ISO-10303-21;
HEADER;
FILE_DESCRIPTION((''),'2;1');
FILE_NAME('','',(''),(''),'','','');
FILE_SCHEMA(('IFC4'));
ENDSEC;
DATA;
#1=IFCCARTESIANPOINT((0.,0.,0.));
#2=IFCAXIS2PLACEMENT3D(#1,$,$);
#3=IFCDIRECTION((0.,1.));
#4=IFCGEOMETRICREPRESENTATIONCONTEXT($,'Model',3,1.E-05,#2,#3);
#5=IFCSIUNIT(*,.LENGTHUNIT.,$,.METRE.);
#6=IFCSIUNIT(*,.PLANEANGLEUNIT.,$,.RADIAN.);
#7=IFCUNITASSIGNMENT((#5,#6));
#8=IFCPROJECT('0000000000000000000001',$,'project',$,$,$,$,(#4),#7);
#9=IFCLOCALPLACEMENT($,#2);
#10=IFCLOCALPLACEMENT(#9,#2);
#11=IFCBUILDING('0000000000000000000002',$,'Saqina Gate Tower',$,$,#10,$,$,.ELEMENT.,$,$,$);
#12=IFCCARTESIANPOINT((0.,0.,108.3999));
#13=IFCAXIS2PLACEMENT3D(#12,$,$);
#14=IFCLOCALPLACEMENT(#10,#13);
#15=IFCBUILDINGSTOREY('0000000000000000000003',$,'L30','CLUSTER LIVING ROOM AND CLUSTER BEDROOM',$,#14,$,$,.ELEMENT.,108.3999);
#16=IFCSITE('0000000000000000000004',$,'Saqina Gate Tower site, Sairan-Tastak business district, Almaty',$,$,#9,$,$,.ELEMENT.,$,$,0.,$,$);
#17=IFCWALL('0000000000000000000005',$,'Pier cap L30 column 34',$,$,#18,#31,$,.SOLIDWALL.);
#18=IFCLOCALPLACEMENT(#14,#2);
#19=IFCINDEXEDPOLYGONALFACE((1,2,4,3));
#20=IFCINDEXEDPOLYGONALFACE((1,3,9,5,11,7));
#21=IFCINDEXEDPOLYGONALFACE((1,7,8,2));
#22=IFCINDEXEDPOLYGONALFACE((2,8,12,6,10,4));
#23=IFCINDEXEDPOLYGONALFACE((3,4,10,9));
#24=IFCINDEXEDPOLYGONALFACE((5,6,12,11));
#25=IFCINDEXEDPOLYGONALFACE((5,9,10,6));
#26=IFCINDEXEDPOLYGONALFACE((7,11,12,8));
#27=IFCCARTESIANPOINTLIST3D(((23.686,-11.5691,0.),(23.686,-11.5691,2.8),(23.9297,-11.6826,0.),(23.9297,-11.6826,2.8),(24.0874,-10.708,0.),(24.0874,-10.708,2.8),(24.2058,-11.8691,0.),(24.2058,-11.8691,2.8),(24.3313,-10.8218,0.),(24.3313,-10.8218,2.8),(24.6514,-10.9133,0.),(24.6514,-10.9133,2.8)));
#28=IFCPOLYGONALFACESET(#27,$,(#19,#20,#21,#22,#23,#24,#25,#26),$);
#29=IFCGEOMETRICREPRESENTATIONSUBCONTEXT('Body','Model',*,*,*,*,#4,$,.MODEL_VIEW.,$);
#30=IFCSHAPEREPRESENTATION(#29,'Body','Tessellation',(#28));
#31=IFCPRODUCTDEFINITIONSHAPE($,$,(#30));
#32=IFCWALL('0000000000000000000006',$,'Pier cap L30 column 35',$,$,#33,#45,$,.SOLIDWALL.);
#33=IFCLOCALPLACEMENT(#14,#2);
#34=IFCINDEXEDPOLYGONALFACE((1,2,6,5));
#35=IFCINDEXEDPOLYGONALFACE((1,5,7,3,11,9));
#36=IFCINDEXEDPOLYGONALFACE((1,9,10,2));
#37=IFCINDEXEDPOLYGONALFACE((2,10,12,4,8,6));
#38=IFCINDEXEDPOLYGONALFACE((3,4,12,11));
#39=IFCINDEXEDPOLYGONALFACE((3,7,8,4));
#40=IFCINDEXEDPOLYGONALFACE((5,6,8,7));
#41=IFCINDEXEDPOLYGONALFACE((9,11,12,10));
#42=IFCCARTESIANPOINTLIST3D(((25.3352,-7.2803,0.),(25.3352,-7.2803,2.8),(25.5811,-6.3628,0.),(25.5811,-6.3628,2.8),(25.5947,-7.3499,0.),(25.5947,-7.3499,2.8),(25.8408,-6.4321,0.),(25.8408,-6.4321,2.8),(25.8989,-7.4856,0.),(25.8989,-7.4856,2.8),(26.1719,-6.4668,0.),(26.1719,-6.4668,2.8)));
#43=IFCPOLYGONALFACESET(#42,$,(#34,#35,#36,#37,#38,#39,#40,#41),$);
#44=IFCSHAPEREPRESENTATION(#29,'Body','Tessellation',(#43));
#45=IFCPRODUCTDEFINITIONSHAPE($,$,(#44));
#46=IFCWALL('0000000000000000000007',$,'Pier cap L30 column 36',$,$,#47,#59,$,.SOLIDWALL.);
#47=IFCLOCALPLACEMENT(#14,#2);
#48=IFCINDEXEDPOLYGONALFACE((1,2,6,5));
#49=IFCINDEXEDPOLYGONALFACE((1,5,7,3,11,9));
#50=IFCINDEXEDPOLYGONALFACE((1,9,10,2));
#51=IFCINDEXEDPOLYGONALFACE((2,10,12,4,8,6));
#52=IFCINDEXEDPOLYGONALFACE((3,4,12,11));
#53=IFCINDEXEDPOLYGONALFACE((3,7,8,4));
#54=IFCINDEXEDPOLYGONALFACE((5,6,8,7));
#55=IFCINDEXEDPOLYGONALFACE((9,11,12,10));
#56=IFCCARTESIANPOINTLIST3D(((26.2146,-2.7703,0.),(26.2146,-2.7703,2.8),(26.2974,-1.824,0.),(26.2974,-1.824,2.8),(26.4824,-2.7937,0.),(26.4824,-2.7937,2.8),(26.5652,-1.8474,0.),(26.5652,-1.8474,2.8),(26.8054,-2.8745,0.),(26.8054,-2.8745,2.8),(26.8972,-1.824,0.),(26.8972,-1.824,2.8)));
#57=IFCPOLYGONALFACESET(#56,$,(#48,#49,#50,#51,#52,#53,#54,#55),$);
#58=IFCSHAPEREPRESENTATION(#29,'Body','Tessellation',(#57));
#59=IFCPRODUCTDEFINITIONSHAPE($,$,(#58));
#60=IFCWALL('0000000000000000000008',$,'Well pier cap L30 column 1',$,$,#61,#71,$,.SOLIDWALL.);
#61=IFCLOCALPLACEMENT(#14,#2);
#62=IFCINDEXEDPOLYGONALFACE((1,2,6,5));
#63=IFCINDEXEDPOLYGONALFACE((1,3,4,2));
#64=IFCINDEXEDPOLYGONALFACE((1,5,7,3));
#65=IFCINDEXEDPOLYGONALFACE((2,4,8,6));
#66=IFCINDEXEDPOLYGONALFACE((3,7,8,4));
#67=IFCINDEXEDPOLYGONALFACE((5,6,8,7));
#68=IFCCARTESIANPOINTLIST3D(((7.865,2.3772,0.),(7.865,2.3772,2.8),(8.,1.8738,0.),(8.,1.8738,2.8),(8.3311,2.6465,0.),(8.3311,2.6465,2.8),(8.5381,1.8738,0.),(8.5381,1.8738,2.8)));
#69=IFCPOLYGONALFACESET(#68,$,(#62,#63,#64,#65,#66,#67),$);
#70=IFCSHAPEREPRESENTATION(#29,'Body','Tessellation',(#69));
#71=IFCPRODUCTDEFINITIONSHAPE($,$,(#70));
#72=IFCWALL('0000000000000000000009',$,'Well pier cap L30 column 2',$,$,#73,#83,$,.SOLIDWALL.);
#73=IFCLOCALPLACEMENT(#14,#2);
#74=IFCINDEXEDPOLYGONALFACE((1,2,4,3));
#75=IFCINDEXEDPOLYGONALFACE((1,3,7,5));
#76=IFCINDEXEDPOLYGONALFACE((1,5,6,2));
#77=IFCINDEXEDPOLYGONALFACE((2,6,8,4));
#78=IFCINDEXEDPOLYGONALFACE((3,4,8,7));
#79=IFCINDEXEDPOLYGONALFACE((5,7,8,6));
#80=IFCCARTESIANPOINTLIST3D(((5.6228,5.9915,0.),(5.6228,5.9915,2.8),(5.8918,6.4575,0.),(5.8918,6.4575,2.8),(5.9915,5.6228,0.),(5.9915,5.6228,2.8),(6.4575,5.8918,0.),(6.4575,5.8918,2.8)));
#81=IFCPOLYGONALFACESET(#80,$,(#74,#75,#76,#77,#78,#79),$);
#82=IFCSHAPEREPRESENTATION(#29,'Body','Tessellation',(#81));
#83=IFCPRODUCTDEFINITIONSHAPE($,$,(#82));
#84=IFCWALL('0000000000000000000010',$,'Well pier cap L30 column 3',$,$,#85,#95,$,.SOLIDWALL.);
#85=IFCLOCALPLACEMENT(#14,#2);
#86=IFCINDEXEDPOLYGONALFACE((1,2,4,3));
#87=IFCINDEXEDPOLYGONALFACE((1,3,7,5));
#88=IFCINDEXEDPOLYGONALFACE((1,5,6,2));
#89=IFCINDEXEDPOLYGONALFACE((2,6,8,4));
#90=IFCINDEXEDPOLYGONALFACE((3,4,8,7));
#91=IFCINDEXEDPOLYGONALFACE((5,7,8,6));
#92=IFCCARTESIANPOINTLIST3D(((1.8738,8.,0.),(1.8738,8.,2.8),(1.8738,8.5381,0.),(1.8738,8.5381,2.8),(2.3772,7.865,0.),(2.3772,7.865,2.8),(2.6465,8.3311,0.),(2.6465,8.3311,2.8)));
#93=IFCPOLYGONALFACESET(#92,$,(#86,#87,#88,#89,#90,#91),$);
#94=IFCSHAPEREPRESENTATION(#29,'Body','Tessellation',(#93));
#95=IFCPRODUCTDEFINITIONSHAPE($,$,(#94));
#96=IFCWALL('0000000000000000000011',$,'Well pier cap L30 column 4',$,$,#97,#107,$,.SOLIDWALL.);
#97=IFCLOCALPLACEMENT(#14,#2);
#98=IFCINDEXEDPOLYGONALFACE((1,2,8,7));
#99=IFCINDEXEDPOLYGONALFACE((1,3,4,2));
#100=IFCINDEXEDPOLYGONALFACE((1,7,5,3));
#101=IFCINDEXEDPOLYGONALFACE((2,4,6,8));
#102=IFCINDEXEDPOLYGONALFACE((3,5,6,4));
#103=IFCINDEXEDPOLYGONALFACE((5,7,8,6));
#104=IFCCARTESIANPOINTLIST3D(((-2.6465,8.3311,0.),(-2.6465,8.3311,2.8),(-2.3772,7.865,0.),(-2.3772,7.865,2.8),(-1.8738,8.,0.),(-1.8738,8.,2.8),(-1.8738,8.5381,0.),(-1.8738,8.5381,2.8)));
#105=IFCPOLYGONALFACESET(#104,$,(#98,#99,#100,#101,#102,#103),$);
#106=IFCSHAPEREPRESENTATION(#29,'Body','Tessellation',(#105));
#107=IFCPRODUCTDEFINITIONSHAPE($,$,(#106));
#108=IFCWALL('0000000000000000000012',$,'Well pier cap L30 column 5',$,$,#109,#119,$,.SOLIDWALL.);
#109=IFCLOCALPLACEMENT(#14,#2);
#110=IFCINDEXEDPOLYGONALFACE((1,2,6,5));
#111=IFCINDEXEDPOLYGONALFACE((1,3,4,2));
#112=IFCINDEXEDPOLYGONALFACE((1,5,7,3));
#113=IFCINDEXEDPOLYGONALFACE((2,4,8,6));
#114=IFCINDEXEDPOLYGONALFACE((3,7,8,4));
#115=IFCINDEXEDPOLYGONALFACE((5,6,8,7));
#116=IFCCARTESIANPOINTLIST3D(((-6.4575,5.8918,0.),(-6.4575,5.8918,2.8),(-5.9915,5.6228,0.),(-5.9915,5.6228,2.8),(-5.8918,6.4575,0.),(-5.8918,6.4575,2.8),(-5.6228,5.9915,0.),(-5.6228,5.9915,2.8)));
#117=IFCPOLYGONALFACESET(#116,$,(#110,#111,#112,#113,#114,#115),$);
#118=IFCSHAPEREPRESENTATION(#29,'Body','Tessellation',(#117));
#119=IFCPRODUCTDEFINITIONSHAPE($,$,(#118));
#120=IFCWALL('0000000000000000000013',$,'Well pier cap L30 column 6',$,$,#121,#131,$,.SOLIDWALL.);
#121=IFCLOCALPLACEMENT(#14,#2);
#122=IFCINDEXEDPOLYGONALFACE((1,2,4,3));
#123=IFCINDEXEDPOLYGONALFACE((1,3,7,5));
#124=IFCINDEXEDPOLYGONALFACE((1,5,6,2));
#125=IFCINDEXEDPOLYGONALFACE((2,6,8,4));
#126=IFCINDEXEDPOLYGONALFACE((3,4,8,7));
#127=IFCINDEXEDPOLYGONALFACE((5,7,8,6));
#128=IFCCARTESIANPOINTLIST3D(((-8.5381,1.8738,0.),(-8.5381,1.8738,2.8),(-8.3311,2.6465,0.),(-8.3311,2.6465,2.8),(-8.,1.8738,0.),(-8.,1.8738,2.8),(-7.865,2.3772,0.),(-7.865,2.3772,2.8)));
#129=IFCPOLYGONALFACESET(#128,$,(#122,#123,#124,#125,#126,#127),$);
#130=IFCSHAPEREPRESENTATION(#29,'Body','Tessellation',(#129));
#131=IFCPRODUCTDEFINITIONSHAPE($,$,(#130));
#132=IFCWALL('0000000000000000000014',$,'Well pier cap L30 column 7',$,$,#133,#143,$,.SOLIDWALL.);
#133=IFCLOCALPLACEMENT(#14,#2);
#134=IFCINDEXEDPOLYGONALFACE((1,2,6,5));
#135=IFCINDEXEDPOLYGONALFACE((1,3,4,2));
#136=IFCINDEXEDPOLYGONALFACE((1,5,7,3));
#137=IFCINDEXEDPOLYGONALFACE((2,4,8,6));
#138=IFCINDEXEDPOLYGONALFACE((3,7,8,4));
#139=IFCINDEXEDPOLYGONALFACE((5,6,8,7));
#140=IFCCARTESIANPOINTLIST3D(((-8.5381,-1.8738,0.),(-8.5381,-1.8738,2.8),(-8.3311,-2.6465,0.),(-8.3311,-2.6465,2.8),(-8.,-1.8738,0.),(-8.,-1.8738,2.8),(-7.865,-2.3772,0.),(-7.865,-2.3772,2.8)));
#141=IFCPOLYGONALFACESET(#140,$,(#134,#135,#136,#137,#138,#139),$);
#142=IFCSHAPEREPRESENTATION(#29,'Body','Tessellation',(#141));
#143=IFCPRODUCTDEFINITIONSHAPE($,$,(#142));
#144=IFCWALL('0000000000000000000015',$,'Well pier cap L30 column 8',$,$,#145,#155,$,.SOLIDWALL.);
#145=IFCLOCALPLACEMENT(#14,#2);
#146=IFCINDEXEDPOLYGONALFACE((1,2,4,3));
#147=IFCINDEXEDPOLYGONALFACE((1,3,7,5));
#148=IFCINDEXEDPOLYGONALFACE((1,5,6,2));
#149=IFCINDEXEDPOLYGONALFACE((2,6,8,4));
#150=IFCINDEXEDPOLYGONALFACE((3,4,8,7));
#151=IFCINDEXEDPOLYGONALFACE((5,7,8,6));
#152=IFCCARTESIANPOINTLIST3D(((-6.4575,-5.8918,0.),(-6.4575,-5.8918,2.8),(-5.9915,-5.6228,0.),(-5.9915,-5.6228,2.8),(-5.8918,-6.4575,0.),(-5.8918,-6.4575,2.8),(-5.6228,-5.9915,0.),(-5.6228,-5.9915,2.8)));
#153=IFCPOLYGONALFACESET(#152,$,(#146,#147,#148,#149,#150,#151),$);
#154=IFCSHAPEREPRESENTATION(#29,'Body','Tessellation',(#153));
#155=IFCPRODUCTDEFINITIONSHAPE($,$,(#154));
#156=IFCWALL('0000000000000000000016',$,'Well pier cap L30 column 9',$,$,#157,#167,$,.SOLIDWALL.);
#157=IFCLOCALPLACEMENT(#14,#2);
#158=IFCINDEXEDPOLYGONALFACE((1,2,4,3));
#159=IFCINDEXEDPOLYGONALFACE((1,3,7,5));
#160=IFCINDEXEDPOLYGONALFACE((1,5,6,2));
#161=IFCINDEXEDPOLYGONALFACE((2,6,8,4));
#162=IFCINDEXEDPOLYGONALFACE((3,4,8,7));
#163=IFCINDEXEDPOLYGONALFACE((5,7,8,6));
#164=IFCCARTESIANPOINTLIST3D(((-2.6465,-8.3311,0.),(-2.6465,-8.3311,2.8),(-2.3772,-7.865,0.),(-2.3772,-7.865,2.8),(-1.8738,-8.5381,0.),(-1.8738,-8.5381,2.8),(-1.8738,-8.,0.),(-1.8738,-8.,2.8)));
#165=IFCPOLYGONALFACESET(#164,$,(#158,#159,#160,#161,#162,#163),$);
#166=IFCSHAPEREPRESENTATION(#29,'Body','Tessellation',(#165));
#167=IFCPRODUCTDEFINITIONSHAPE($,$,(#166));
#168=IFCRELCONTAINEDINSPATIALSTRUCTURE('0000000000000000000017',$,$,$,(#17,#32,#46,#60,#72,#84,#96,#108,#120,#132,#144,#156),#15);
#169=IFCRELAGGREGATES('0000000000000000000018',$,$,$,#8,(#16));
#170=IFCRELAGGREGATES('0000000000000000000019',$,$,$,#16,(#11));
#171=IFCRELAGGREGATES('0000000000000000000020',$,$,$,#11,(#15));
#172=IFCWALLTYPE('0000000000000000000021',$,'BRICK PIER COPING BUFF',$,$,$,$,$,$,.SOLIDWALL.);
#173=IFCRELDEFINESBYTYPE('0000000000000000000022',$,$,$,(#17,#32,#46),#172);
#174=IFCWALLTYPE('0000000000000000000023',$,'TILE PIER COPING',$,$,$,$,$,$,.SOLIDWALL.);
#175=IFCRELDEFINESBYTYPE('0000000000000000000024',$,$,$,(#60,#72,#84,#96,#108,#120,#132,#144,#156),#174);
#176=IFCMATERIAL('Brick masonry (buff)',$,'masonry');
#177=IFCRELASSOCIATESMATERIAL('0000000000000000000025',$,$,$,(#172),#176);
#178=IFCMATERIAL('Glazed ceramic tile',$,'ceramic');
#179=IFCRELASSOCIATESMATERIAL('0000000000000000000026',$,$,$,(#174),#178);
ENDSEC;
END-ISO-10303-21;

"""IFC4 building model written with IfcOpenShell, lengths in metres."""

from ifc_helpers import new_model, si_unit, direction, frame, origin, place, context, subcontext, project, spatial, polyline, outline, extrude, material, type_object, element, save


model = new_model("IFC4")

# Units and contexts
model_context = context("Model", 3, precision=1e-05, world=origin(), true_north=direction((0.0, 1.0)))
body_context = subcontext(model_context, "Body", "Model", "MODEL_VIEW")
ifc_project = project(units=[si_unit("LENGTHUNIT", "METRE"), si_unit("PLANEANGLEUNIT", "RADIAN")], contexts=[model_context])

# Site, building, storey
site_placement = place(None, origin())
site = spatial("IfcSite", under=ifc_project, at=site_placement, Name="Saqina Gate Tower site, Sairan-Tastak business district, Almaty", CompositionType="ELEMENT", RefElevation=0.0)
building_placement = place(site_placement, origin())
building = spatial("IfcBuilding", under=site, at=building_placement, Name="Saqina Gate Tower", CompositionType="ELEMENT")
storey_placement = place(building_placement, frame((0.0, 0.0, 108.3999)))
storey = spatial("IfcBuildingStorey", under=building, at=storey_placement, Name="L30", Description="CLUSTER LIVING ROOM AND CLUSTER BEDROOM", CompositionType="ELEMENT", Elevation=108.3999)

# Walls
ifc_material_1 = material(Name="Brick masonry (buff)", Category="masonry")
wall_type_1 = type_object("IfcWallType", Name="BRICK PIER COPING BUFF", PredefinedType="SOLIDWALL", material=ifc_material_1)
wall_1_placement = place(storey_placement, origin())
element("IfcWall", 1, at=wall_1_placement, inside=storey, type_object=wall_type_1, Name="Pier cap L30 column 34", PredefinedType="SOLIDWALL", context=body_context, shape_type="SweptSolid", body=[
    extrude(outline(polyline([(24.6514, -10.9133), (24.0874, -10.708), (24.3313, -10.8218), (23.9297, -11.6826), (23.686, -11.5691), (24.2058, -11.8691), (24.6514, -10.9133)])), origin(), (0.0, 0.0, 1.0), 2.8),
])
wall_2_placement = place(storey_placement, origin())
element("IfcWall", 2, at=wall_2_placement, inside=storey, type_object=wall_type_1, Name="Pier cap L30 column 35", PredefinedType="SOLIDWALL", context=body_context, shape_type="SweptSolid", body=[
    extrude(outline(polyline([(25.8989, -7.4856), (26.1719, -6.4668), (25.5811, -6.3628), (25.8408, -6.4321), (25.5947, -7.3499), (25.3352, -7.2803), (25.8989, -7.4856)])), origin(), (0.0, 0.0, 1.0), 2.8),
])
wall_3_placement = place(storey_placement, origin())
element("IfcWall", 3, at=wall_3_placement, inside=storey, type_object=wall_type_1, Name="Pier cap L30 column 36", PredefinedType="SOLIDWALL", context=body_context, shape_type="SweptSolid", body=[
    extrude(outline(polyline([(26.8054, -2.8745), (26.8972, -1.824), (26.2974, -1.824), (26.5652, -1.8474), (26.4824, -2.7937), (26.2146, -2.7703), (26.8054, -2.8745)])), origin(), (0.0, 0.0, 1.0), 2.8),
])
ifc_material_2 = material(Name="Glazed ceramic tile", Category="ceramic")
wall_type_2 = type_object("IfcWallType", Name="TILE PIER COPING", PredefinedType="SOLIDWALL", material=ifc_material_2)
wall_4_placement = place(storey_placement, origin())
element("IfcWall", 4, at=wall_4_placement, inside=storey, type_object=wall_type_2, Name="Well pier cap L30 column 1", PredefinedType="SOLIDWALL", context=body_context, shape_type="SweptSolid", body=[
    extrude(outline(polyline([(8.3311, 2.6465), (7.865, 2.3772), (8.0, 1.8738), (8.5381, 1.8738), (8.3311, 2.6465)])), origin(), (0.0, 0.0, 1.0), 2.8),
])
wall_5_placement = place(storey_placement, origin())
element("IfcWall", 5, at=wall_5_placement, inside=storey, type_object=wall_type_2, Name="Well pier cap L30 column 2", PredefinedType="SOLIDWALL", context=body_context, shape_type="SweptSolid", body=[
    extrude(outline(polyline([(5.8918, 6.4575), (5.6228, 5.9915), (5.9915, 5.6228), (6.4575, 5.8918), (5.8918, 6.4575)])), origin(), (0.0, 0.0, 1.0), 2.8),
])
wall_6_placement = place(storey_placement, origin())
element("IfcWall", 6, at=wall_6_placement, inside=storey, type_object=wall_type_2, Name="Well pier cap L30 column 3", PredefinedType="SOLIDWALL", context=body_context, shape_type="SweptSolid", body=[
    extrude(outline(polyline([(1.8738, 8.5381), (1.8738, 8.0), (2.3772, 7.865), (2.6465, 8.3311), (1.8738, 8.5381)])), origin(), (0.0, 0.0, 1.0), 2.8),
])
wall_7_placement = place(storey_placement, origin())
element("IfcWall", 7, at=wall_7_placement, inside=storey, type_object=wall_type_2, Name="Well pier cap L30 column 4", PredefinedType="SOLIDWALL", context=body_context, shape_type="SweptSolid", body=[
    extrude(outline(polyline([(-2.6465, 8.3311), (-2.3772, 7.865), (-1.8738, 8.0), (-1.8738, 8.5381), (-2.6465, 8.3311)])), origin(), (0.0, 0.0, 1.0), 2.8),
])
wall_8_placement = place(storey_placement, origin())
element("IfcWall", 8, at=wall_8_placement, inside=storey, type_object=wall_type_2, Name="Well pier cap L30 column 5", PredefinedType="SOLIDWALL", context=body_context, shape_type="SweptSolid", body=[
    extrude(outline(polyline([(-6.4575, 5.8918), (-5.9915, 5.6228), (-5.6228, 5.9915), (-5.8918, 6.4575), (-6.4575, 5.8918)])), origin(), (0.0, 0.0, 1.0), 2.8),
])
wall_9_placement = place(storey_placement, origin())
element("IfcWall", 9, at=wall_9_placement, inside=storey, type_object=wall_type_2, Name="Well pier cap L30 column 6", PredefinedType="SOLIDWALL", context=body_context, shape_type="SweptSolid", body=[
    extrude(outline(polyline([(-8.5381, 1.8738), (-8.0, 1.8738), (-7.865, 2.3772), (-8.3311, 2.6465), (-8.5381, 1.8738)])), origin(), (0.0, 0.0, 1.0), 2.8),
])
wall_10_placement = place(storey_placement, origin())
element("IfcWall", 10, at=wall_10_placement, inside=storey, type_object=wall_type_2, Name="Well pier cap L30 column 7", PredefinedType="SOLIDWALL", context=body_context, shape_type="SweptSolid", body=[
    extrude(outline(polyline([(-8.3311, -2.6465), (-7.865, -2.3772), (-8.0, -1.8738), (-8.5381, -1.8738), (-8.3311, -2.6465)])), origin(), (0.0, 0.0, 1.0), 2.8),
])
wall_11_placement = place(storey_placement, origin())
element("IfcWall", 11, at=wall_11_placement, inside=storey, type_object=wall_type_2, Name="Well pier cap L30 column 8", PredefinedType="SOLIDWALL", context=body_context, shape_type="SweptSolid", body=[
    extrude(outline(polyline([(-6.4575, -5.8918), (-5.8918, -6.4575), (-5.6228, -5.9915), (-5.9915, -5.6228), (-6.4575, -5.8918)])), origin(), (0.0, 0.0, 1.0), 2.8),
])
wall_12_placement = place(storey_placement, origin())
element("IfcWall", 12, at=wall_12_placement, inside=storey, type_object=wall_type_2, Name="Well pier cap L30 column 9", PredefinedType="SOLIDWALL", context=body_context, shape_type="SweptSolid", body=[
    extrude(outline(polyline([(-1.8738, -8.5381), (-1.8738, -8.0), (-2.3772, -7.865), (-2.6465, -8.3311), (-1.8738, -8.5381)])), origin(), (0.0, 0.0, 1.0), 2.8),
])

save(model, "model.ifc")
